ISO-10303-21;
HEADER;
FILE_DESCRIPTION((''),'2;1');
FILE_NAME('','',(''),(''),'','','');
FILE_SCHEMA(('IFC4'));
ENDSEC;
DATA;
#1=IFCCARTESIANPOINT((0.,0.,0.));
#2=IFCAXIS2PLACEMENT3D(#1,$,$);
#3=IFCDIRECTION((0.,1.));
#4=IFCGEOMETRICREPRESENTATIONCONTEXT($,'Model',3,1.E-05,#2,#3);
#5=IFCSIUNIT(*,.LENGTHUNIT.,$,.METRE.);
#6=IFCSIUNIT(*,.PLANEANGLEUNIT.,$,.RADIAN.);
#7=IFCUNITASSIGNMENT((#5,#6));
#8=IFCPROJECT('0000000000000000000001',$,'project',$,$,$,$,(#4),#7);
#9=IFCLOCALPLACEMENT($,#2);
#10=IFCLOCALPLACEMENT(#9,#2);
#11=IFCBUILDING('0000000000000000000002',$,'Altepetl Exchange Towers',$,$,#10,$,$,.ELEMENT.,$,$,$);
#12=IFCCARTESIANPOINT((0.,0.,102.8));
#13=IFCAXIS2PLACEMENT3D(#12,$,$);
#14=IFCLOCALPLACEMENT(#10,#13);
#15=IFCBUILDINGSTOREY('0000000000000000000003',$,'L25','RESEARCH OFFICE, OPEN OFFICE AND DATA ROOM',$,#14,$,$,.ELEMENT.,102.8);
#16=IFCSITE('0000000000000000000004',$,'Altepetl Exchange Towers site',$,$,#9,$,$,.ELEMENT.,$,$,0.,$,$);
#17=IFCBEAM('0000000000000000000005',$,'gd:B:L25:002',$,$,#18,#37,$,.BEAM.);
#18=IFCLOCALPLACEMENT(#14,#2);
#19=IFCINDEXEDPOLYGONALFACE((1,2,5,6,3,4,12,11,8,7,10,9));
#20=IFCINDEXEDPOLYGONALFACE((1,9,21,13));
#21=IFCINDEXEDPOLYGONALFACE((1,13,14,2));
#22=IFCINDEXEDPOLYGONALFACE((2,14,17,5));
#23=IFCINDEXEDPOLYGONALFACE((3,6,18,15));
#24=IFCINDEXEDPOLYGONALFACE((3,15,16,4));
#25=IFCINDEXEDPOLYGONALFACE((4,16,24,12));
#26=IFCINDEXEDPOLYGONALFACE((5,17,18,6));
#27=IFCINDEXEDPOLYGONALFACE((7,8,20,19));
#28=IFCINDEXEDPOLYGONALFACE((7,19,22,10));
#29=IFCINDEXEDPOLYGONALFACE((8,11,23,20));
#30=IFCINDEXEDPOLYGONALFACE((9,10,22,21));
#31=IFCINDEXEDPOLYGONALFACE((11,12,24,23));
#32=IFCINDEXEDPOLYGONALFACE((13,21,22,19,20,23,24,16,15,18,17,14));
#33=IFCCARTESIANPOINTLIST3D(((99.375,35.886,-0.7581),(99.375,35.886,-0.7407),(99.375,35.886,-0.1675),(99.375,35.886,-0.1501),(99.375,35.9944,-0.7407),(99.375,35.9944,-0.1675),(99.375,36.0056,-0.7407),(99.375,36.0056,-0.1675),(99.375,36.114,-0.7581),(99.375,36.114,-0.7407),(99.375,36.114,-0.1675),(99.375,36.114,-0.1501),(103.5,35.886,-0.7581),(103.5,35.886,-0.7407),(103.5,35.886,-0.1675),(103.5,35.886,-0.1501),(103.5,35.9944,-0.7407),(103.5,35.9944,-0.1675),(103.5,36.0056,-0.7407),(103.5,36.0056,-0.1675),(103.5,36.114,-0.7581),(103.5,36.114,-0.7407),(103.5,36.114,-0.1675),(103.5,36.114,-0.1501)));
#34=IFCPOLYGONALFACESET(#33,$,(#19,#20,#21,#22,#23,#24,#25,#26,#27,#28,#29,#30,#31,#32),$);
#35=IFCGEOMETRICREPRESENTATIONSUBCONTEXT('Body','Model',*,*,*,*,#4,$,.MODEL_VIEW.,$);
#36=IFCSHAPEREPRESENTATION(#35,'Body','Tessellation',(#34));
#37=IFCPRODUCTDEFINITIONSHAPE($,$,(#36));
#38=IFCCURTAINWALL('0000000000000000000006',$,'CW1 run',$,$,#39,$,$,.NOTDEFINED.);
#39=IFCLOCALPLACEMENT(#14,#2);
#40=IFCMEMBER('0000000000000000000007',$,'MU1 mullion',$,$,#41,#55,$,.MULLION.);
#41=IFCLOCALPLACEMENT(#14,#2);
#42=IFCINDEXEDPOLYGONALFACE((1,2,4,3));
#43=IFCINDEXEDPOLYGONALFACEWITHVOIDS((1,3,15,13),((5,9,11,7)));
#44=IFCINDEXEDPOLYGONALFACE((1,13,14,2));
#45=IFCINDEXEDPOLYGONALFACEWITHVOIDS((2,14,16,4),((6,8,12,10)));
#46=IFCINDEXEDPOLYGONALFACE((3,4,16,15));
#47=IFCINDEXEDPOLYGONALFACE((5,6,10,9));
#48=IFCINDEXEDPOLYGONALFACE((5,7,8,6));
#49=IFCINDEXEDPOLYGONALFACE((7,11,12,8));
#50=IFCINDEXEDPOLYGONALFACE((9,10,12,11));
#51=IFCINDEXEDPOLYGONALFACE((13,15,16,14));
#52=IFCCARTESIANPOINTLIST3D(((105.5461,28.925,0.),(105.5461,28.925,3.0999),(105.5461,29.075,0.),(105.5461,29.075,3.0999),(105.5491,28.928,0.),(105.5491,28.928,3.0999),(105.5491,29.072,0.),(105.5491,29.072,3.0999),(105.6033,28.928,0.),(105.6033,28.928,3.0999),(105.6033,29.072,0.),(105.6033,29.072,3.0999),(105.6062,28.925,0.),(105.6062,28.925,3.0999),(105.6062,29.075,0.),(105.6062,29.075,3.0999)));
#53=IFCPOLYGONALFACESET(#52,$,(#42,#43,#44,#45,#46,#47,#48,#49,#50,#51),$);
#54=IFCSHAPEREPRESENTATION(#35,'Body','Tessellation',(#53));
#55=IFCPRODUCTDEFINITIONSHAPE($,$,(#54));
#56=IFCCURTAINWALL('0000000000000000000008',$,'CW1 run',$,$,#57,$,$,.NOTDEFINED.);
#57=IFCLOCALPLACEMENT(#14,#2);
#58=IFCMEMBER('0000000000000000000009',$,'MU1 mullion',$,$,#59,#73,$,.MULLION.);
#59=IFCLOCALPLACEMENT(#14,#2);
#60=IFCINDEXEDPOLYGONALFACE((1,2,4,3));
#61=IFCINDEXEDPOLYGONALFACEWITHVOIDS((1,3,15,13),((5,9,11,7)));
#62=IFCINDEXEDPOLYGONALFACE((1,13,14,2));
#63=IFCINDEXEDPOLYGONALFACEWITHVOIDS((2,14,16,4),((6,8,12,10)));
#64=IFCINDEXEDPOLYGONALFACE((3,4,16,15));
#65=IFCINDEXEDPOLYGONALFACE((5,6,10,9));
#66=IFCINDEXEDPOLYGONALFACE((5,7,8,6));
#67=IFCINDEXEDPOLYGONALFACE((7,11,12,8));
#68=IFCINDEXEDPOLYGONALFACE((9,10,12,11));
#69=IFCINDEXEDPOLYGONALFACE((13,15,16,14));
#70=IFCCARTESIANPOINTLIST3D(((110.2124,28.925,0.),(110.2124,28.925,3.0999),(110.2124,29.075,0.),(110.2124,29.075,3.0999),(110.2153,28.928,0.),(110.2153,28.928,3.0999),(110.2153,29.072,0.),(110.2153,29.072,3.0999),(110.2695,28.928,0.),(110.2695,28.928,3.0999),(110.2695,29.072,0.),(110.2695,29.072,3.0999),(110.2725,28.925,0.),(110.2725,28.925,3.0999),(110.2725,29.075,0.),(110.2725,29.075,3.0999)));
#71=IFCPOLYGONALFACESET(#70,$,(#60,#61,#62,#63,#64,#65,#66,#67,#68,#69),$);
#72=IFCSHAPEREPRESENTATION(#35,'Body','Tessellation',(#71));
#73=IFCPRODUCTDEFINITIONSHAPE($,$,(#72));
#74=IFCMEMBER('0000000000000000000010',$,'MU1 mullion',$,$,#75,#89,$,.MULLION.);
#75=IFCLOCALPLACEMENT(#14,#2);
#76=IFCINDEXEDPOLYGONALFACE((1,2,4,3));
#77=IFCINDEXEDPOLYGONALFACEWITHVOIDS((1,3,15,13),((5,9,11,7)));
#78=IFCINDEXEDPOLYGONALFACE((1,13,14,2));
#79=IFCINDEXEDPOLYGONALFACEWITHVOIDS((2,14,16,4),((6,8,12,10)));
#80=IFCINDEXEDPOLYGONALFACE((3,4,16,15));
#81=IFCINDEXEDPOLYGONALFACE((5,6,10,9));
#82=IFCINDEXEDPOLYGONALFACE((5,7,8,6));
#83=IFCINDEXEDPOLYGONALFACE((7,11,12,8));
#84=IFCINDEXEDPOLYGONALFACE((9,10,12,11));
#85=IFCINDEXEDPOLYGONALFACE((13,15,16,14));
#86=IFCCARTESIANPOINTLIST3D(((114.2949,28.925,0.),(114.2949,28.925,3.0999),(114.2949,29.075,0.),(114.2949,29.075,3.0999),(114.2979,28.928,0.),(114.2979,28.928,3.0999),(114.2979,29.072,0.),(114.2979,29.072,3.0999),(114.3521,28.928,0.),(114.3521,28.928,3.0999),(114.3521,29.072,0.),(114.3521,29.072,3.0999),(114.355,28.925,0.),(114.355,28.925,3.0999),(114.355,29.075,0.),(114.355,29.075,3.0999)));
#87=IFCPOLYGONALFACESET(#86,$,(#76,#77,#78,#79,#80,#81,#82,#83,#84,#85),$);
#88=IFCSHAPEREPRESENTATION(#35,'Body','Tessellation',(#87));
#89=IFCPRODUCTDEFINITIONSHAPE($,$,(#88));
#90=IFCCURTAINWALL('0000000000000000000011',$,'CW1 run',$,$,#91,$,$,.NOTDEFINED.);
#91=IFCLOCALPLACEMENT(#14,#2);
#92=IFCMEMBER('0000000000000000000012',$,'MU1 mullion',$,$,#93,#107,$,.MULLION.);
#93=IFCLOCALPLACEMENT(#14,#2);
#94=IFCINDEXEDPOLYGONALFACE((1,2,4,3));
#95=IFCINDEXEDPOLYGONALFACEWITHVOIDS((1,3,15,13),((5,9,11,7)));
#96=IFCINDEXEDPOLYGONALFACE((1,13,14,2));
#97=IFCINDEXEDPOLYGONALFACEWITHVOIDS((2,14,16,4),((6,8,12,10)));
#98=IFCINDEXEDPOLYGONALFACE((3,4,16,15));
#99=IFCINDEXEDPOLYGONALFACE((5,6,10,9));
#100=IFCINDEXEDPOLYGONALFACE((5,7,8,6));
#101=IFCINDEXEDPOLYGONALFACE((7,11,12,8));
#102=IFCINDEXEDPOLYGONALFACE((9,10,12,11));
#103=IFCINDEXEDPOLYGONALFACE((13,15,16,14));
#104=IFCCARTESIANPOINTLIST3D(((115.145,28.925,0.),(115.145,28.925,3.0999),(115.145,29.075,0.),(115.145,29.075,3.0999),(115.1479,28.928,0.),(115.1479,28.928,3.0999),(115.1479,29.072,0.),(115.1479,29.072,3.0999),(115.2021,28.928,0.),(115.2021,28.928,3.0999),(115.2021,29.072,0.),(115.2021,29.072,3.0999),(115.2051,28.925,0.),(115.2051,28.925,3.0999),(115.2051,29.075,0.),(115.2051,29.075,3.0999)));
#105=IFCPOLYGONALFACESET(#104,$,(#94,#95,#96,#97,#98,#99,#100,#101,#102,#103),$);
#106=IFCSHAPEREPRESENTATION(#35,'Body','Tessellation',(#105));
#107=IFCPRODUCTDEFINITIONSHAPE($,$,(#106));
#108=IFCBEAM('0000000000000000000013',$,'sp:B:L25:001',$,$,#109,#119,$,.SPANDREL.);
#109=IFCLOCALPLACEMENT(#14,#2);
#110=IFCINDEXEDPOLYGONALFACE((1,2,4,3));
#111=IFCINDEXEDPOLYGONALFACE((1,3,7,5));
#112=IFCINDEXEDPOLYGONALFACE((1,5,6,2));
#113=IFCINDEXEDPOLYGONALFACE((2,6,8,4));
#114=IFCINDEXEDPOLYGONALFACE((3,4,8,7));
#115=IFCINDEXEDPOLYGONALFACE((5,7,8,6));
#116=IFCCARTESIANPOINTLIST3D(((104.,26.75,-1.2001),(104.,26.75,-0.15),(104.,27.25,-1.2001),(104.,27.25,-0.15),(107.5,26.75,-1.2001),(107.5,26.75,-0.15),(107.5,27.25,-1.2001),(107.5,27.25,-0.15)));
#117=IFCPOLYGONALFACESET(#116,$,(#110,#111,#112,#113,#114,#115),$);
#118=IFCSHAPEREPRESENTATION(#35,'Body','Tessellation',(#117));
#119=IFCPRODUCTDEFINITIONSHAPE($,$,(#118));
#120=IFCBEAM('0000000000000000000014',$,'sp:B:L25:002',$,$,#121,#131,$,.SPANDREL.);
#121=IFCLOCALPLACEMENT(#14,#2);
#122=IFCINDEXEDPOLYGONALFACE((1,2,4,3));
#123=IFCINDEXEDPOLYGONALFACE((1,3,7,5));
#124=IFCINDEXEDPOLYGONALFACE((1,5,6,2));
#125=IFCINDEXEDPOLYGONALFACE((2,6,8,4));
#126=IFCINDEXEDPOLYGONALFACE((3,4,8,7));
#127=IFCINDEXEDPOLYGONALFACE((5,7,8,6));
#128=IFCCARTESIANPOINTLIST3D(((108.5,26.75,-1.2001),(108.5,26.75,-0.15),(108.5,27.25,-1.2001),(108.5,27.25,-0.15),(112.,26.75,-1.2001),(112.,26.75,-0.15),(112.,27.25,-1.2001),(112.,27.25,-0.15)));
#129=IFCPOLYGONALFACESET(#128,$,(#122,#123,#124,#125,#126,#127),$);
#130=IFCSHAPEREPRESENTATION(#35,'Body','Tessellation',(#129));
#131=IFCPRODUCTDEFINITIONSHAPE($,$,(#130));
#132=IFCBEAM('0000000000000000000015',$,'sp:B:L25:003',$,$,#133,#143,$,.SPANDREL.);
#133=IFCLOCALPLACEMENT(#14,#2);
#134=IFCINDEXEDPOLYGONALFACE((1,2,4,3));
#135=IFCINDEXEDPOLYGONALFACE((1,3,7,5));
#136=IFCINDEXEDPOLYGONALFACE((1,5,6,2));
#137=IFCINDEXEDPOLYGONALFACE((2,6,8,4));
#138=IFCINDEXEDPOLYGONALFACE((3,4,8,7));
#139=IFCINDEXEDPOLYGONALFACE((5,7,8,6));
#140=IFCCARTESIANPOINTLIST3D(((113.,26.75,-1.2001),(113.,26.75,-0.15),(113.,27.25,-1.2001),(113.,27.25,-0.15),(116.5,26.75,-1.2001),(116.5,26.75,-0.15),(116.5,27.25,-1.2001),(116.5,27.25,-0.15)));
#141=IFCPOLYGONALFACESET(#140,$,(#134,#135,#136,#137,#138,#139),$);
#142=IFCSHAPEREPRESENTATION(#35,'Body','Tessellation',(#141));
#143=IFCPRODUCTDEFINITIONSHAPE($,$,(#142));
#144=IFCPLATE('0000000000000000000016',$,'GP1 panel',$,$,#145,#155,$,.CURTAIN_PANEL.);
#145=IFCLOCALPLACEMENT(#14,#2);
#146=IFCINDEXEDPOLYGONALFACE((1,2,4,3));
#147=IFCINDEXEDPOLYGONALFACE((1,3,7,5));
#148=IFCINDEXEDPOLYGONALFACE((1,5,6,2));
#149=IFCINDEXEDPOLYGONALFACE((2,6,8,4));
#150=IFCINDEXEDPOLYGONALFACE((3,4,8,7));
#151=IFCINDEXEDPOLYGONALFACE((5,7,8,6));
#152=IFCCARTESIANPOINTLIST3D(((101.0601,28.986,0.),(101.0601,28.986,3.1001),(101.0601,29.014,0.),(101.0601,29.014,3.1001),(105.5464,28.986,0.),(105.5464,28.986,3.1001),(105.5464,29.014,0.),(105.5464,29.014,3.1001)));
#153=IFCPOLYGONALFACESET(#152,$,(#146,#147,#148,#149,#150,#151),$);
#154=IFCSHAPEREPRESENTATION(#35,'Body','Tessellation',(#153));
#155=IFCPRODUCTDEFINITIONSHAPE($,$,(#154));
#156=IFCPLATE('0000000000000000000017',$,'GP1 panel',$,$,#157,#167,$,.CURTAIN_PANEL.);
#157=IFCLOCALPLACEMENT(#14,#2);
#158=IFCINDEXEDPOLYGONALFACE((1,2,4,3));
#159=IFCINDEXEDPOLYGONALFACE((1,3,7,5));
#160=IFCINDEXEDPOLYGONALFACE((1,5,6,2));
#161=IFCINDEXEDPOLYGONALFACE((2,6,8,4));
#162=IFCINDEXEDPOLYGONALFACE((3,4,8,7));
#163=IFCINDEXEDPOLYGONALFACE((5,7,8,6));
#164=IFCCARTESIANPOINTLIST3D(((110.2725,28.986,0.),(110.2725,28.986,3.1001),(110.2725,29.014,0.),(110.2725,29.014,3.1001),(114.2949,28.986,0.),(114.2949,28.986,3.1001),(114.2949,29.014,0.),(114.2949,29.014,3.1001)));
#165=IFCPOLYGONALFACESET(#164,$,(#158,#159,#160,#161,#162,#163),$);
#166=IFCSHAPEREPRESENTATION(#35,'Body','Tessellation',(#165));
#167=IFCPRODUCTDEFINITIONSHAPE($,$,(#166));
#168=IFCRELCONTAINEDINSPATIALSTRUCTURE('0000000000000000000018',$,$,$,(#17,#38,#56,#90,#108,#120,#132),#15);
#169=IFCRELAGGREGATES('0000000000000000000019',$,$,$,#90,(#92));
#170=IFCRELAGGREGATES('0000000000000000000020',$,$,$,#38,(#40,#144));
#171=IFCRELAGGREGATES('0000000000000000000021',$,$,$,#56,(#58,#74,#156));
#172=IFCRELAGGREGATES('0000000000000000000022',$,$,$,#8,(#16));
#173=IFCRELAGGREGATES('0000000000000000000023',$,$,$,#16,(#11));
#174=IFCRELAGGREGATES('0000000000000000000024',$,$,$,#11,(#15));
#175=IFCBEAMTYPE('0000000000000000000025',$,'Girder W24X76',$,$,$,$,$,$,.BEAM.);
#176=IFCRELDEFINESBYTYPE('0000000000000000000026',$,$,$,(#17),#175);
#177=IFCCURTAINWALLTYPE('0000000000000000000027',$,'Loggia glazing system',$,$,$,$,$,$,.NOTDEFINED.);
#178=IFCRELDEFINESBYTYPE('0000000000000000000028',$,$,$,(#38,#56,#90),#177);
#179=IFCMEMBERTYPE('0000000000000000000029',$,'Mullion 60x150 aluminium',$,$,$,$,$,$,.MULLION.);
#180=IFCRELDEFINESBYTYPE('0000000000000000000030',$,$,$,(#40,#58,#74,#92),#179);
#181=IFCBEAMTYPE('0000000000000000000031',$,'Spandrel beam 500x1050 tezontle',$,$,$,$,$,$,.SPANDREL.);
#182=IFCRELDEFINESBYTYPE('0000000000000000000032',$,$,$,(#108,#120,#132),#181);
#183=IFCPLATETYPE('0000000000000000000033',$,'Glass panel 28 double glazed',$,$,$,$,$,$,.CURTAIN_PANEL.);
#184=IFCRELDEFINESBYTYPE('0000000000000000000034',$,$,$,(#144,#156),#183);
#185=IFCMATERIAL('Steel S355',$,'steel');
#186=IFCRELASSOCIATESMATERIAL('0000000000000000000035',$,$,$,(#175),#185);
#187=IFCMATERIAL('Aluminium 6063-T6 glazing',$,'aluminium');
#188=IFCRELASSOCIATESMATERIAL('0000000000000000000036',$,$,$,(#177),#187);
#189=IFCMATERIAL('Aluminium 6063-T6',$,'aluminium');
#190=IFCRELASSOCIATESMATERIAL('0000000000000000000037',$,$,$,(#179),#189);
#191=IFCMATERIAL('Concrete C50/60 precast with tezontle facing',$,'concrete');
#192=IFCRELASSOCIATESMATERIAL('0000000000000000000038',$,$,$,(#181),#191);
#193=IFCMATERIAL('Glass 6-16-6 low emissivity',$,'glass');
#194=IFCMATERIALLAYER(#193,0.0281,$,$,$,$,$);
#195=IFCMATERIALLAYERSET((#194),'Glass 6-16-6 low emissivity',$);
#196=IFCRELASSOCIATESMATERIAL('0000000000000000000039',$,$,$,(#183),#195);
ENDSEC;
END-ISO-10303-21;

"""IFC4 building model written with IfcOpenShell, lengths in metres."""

from ifc_helpers import new_model, si_unit, direction, frame, origin, origin_2d, place, context, subcontext, project, spatial, rectangle, hollow_rectangle, i_section, extrude, material, layer, layer_set, material_profile, profile_set, type_object, element, aggregate, save


model = new_model("IFC4")

# Units and contexts
model_context = context("Model", 3, precision=1e-05, world=origin(), true_north=direction((0.0, 1.0)))
body_context = subcontext(model_context, "Body", "Model", "MODEL_VIEW")
ifc_project = project(units=[si_unit("LENGTHUNIT", "METRE"), si_unit("PLANEANGLEUNIT", "RADIAN")], contexts=[model_context])

# Site, building, storey
site_placement = place(None, origin())
site = spatial("IfcSite", under=ifc_project, at=site_placement, Name="Altepetl Exchange Towers site", CompositionType="ELEMENT", RefElevation=0.0)
building_placement = place(site_placement, origin())
building = spatial("IfcBuilding", under=site, at=building_placement, Name="Altepetl Exchange Towers", CompositionType="ELEMENT")
storey_placement = place(building_placement, frame((0.0, 0.0, 102.8)))
storey = spatial("IfcBuildingStorey", under=building, at=storey_placement, Name="L25", Description="RESEARCH OFFICE, OPEN OFFICE AND DATA ROOM", CompositionType="ELEMENT", Elevation=102.8)

# Beam
ifc_material_1 = material(Name="Steel S355", Category="steel")
ifc_material_profile_1 = material_profile(ifc_material_1, i_section(OverallWidth=0.228, OverallDepth=0.6079, WebThickness=0.0112, FlangeThickness=0.0173, at=origin_2d()), Name="W24X76")
ifc_profile_set_1 = profile_set([ifc_material_profile_1], Name="Steel S355")
beam_type_1 = type_object("IfcBeamType", Name="Girder W24X76", PredefinedType="BEAM", material=ifc_profile_set_1)
beam_1_placement = place(storey_placement, frame((103.5, 36.0, -0.4541), z_axis=(-1.0, 0.0, 0.0), x_axis=(0.0, -1.0, 0.0)))
element("IfcBeam", 1, at=beam_1_placement, inside=storey, type_object=beam_type_1, Name="gd:B:L25:002", PredefinedType="BEAM", context=body_context, shape_type="SweptSolid", body=[
    extrude(i_section(OverallWidth=0.228, OverallDepth=0.6079, WebThickness=0.0112, FlangeThickness=0.0173, at=origin_2d()), origin(), (0.0, 0.0, 1.0), 4.125),
])

# Curtain wall, member
ifc_material_2 = material(Name="Aluminium 6063-T6 glazing", Category="aluminium")
curtain_wall_type = type_object("IfcCurtainWallType", Name="Loggia glazing system", PredefinedType="NOTDEFINED", material=ifc_material_2)
curtain_wall_1_placement = place(storey_placement, origin())
curtain_wall_1 = element("IfcCurtainWall", 2, at=curtain_wall_1_placement, inside=storey, type_object=curtain_wall_type, Name="CW1 run", PredefinedType="NOTDEFINED")
ifc_material_3 = material(Name="Aluminium 6063-T6", Category="aluminium")
ifc_material_profile_2 = material_profile(ifc_material_3, hollow_rectangle(XDim=0.0601, YDim=0.1499, WallThickness=0.0029, at=origin_2d()), Name="Mullion 60x150 aluminium")
ifc_profile_set_2 = profile_set([ifc_material_profile_2], Name="Aluminium 6063-T6")
member_type = type_object("IfcMemberType", Name="Mullion 60x150 aluminium", PredefinedType="MULLION", material=ifc_profile_set_2)
member_1_placement = place(storey_placement, frame((105.5762, 29.0, 0.0)))
member_1 = element("IfcMember", 3, at=member_1_placement, type_object=member_type, Name="MU1 mullion", PredefinedType="MULLION", context=body_context, shape_type="SweptSolid", body=[
    extrude(hollow_rectangle(XDim=0.0601, YDim=0.1499, WallThickness=0.0029, at=origin_2d()), origin(), (0.0, 0.0, 1.0), 3.0999),
])

# Curtain wall, members
curtain_wall_2_placement = place(storey_placement, origin())
curtain_wall_2 = element("IfcCurtainWall", 4, at=curtain_wall_2_placement, inside=storey, type_object=curtain_wall_type, Name="CW1 run", PredefinedType="NOTDEFINED")
member_2_placement = place(storey_placement, frame((110.2424, 29.0, 0.0)))
member_2 = element("IfcMember", 5, at=member_2_placement, type_object=member_type, Name="MU1 mullion", PredefinedType="MULLION", context=body_context, shape_type="SweptSolid", body=[
    extrude(hollow_rectangle(XDim=0.0601, YDim=0.1499, WallThickness=0.0029, at=origin_2d()), origin(), (0.0, 0.0, 1.0), 3.0999),
])
member_3_placement = place(storey_placement, frame((114.325, 29.0, 0.0)))
member_3 = element("IfcMember", 6, at=member_3_placement, type_object=member_type, Name="MU1 mullion", PredefinedType="MULLION", context=body_context, shape_type="SweptSolid", body=[
    extrude(hollow_rectangle(XDim=0.0601, YDim=0.1499, WallThickness=0.0029, at=origin_2d()), origin(), (0.0, 0.0, 1.0), 3.0999),
])

# Curtain wall, member
curtain_wall_3_placement = place(storey_placement, origin())
curtain_wall_3 = element("IfcCurtainWall", 7, at=curtain_wall_3_placement, inside=storey, type_object=curtain_wall_type, Name="CW1 run", PredefinedType="NOTDEFINED")
member_4_placement = place(storey_placement, frame((115.175, 29.0, 0.0)))
member_4 = element("IfcMember", 8, at=member_4_placement, type_object=member_type, Name="MU1 mullion", PredefinedType="MULLION", context=body_context, shape_type="SweptSolid", body=[
    extrude(hollow_rectangle(XDim=0.0601, YDim=0.1499, WallThickness=0.0029, at=origin_2d()), origin(), (0.0, 0.0, 1.0), 3.0999),
])
aggregate(curtain_wall_3, [member_4])

# Beams
ifc_material_4 = material(Name="Concrete C50/60 precast with tezontle facing", Category="concrete")
ifc_material_profile_3 = material_profile(ifc_material_4, rectangle(XDim=0.5, YDim=1.05, at=origin_2d()), Name="500 x 1050")
ifc_profile_set_3 = profile_set([ifc_material_profile_3], Name="Concrete C50/60 precast with tezontle facing")
beam_type_2 = type_object("IfcBeamType", Name="Spandrel beam 500x1050 tezontle", PredefinedType="SPANDREL", material=ifc_profile_set_3)
for number, where, z_axis, x_axis, name in (
    (9, (104.0, 27.0, -0.675), (1.0, 0.0, 0.0), (0.0, 1.0, 0.0), "sp:B:L25:001"),
    (10, (108.5, 27.0, -0.675), (1.0, 0.0, 0.0), (0.0, 1.0, 0.0), "sp:B:L25:002"),
    (11, (113.0, 27.0, -0.675), (1.0, 0.0, 0.0), (0.0, 1.0, 0.0), "sp:B:L25:003"),
):
    element("IfcBeam", number, at=place(storey_placement, frame(where, z_axis=z_axis, x_axis=x_axis)), inside=storey, type_object=beam_type_2, Name=name, PredefinedType="SPANDREL", context=body_context, shape_type="SweptSolid", body=[
        extrude(rectangle(XDim=0.5, YDim=1.05, at=origin_2d()), origin(), (0.0, 0.0, 1.0), 3.5),
    ])

# Plates
ifc_material_5 = material(Name="Glass 6-16-6 low emissivity", Category="glass")
ifc_layer_1 = layer(ifc_material_5, 0.0281)
ifc_layer_set_1 = layer_set([ifc_layer_1], Name="Glass 6-16-6 low emissivity")
plate_type = type_object("IfcPlateType", Name="Glass panel 28 double glazed", PredefinedType="CURTAIN_PANEL", material=ifc_layer_set_1)
plate_1_placement = place(storey_placement, frame((103.3032, 29.0, 0.0)))
plate_1 = element("IfcPlate", 12, at=plate_1_placement, type_object=plate_type, Name="GP1 panel", PredefinedType="CURTAIN_PANEL", context=body_context, shape_type="SweptSolid", body=[
    extrude(rectangle(XDim=4.4863, YDim=0.0281, at=origin_2d()), origin(), (0.0, 0.0, 1.0), 3.1001),
])
aggregate(curtain_wall_1, [member_1, plate_1])
plate_2_placement = place(storey_placement, frame((112.2837, 29.0, 0.0)))
plate_2 = element("IfcPlate", 13, at=plate_2_placement, type_object=plate_type, Name="GP1 panel", PredefinedType="CURTAIN_PANEL", context=body_context, shape_type="SweptSolid", body=[
    extrude(rectangle(XDim=4.0225, YDim=0.0281, at=origin_2d()), origin(), (0.0, 0.0, 1.0), 3.1001),
])
aggregate(curtain_wall_2, [member_2, member_3, plate_2])

save(model, "model.ifc")
